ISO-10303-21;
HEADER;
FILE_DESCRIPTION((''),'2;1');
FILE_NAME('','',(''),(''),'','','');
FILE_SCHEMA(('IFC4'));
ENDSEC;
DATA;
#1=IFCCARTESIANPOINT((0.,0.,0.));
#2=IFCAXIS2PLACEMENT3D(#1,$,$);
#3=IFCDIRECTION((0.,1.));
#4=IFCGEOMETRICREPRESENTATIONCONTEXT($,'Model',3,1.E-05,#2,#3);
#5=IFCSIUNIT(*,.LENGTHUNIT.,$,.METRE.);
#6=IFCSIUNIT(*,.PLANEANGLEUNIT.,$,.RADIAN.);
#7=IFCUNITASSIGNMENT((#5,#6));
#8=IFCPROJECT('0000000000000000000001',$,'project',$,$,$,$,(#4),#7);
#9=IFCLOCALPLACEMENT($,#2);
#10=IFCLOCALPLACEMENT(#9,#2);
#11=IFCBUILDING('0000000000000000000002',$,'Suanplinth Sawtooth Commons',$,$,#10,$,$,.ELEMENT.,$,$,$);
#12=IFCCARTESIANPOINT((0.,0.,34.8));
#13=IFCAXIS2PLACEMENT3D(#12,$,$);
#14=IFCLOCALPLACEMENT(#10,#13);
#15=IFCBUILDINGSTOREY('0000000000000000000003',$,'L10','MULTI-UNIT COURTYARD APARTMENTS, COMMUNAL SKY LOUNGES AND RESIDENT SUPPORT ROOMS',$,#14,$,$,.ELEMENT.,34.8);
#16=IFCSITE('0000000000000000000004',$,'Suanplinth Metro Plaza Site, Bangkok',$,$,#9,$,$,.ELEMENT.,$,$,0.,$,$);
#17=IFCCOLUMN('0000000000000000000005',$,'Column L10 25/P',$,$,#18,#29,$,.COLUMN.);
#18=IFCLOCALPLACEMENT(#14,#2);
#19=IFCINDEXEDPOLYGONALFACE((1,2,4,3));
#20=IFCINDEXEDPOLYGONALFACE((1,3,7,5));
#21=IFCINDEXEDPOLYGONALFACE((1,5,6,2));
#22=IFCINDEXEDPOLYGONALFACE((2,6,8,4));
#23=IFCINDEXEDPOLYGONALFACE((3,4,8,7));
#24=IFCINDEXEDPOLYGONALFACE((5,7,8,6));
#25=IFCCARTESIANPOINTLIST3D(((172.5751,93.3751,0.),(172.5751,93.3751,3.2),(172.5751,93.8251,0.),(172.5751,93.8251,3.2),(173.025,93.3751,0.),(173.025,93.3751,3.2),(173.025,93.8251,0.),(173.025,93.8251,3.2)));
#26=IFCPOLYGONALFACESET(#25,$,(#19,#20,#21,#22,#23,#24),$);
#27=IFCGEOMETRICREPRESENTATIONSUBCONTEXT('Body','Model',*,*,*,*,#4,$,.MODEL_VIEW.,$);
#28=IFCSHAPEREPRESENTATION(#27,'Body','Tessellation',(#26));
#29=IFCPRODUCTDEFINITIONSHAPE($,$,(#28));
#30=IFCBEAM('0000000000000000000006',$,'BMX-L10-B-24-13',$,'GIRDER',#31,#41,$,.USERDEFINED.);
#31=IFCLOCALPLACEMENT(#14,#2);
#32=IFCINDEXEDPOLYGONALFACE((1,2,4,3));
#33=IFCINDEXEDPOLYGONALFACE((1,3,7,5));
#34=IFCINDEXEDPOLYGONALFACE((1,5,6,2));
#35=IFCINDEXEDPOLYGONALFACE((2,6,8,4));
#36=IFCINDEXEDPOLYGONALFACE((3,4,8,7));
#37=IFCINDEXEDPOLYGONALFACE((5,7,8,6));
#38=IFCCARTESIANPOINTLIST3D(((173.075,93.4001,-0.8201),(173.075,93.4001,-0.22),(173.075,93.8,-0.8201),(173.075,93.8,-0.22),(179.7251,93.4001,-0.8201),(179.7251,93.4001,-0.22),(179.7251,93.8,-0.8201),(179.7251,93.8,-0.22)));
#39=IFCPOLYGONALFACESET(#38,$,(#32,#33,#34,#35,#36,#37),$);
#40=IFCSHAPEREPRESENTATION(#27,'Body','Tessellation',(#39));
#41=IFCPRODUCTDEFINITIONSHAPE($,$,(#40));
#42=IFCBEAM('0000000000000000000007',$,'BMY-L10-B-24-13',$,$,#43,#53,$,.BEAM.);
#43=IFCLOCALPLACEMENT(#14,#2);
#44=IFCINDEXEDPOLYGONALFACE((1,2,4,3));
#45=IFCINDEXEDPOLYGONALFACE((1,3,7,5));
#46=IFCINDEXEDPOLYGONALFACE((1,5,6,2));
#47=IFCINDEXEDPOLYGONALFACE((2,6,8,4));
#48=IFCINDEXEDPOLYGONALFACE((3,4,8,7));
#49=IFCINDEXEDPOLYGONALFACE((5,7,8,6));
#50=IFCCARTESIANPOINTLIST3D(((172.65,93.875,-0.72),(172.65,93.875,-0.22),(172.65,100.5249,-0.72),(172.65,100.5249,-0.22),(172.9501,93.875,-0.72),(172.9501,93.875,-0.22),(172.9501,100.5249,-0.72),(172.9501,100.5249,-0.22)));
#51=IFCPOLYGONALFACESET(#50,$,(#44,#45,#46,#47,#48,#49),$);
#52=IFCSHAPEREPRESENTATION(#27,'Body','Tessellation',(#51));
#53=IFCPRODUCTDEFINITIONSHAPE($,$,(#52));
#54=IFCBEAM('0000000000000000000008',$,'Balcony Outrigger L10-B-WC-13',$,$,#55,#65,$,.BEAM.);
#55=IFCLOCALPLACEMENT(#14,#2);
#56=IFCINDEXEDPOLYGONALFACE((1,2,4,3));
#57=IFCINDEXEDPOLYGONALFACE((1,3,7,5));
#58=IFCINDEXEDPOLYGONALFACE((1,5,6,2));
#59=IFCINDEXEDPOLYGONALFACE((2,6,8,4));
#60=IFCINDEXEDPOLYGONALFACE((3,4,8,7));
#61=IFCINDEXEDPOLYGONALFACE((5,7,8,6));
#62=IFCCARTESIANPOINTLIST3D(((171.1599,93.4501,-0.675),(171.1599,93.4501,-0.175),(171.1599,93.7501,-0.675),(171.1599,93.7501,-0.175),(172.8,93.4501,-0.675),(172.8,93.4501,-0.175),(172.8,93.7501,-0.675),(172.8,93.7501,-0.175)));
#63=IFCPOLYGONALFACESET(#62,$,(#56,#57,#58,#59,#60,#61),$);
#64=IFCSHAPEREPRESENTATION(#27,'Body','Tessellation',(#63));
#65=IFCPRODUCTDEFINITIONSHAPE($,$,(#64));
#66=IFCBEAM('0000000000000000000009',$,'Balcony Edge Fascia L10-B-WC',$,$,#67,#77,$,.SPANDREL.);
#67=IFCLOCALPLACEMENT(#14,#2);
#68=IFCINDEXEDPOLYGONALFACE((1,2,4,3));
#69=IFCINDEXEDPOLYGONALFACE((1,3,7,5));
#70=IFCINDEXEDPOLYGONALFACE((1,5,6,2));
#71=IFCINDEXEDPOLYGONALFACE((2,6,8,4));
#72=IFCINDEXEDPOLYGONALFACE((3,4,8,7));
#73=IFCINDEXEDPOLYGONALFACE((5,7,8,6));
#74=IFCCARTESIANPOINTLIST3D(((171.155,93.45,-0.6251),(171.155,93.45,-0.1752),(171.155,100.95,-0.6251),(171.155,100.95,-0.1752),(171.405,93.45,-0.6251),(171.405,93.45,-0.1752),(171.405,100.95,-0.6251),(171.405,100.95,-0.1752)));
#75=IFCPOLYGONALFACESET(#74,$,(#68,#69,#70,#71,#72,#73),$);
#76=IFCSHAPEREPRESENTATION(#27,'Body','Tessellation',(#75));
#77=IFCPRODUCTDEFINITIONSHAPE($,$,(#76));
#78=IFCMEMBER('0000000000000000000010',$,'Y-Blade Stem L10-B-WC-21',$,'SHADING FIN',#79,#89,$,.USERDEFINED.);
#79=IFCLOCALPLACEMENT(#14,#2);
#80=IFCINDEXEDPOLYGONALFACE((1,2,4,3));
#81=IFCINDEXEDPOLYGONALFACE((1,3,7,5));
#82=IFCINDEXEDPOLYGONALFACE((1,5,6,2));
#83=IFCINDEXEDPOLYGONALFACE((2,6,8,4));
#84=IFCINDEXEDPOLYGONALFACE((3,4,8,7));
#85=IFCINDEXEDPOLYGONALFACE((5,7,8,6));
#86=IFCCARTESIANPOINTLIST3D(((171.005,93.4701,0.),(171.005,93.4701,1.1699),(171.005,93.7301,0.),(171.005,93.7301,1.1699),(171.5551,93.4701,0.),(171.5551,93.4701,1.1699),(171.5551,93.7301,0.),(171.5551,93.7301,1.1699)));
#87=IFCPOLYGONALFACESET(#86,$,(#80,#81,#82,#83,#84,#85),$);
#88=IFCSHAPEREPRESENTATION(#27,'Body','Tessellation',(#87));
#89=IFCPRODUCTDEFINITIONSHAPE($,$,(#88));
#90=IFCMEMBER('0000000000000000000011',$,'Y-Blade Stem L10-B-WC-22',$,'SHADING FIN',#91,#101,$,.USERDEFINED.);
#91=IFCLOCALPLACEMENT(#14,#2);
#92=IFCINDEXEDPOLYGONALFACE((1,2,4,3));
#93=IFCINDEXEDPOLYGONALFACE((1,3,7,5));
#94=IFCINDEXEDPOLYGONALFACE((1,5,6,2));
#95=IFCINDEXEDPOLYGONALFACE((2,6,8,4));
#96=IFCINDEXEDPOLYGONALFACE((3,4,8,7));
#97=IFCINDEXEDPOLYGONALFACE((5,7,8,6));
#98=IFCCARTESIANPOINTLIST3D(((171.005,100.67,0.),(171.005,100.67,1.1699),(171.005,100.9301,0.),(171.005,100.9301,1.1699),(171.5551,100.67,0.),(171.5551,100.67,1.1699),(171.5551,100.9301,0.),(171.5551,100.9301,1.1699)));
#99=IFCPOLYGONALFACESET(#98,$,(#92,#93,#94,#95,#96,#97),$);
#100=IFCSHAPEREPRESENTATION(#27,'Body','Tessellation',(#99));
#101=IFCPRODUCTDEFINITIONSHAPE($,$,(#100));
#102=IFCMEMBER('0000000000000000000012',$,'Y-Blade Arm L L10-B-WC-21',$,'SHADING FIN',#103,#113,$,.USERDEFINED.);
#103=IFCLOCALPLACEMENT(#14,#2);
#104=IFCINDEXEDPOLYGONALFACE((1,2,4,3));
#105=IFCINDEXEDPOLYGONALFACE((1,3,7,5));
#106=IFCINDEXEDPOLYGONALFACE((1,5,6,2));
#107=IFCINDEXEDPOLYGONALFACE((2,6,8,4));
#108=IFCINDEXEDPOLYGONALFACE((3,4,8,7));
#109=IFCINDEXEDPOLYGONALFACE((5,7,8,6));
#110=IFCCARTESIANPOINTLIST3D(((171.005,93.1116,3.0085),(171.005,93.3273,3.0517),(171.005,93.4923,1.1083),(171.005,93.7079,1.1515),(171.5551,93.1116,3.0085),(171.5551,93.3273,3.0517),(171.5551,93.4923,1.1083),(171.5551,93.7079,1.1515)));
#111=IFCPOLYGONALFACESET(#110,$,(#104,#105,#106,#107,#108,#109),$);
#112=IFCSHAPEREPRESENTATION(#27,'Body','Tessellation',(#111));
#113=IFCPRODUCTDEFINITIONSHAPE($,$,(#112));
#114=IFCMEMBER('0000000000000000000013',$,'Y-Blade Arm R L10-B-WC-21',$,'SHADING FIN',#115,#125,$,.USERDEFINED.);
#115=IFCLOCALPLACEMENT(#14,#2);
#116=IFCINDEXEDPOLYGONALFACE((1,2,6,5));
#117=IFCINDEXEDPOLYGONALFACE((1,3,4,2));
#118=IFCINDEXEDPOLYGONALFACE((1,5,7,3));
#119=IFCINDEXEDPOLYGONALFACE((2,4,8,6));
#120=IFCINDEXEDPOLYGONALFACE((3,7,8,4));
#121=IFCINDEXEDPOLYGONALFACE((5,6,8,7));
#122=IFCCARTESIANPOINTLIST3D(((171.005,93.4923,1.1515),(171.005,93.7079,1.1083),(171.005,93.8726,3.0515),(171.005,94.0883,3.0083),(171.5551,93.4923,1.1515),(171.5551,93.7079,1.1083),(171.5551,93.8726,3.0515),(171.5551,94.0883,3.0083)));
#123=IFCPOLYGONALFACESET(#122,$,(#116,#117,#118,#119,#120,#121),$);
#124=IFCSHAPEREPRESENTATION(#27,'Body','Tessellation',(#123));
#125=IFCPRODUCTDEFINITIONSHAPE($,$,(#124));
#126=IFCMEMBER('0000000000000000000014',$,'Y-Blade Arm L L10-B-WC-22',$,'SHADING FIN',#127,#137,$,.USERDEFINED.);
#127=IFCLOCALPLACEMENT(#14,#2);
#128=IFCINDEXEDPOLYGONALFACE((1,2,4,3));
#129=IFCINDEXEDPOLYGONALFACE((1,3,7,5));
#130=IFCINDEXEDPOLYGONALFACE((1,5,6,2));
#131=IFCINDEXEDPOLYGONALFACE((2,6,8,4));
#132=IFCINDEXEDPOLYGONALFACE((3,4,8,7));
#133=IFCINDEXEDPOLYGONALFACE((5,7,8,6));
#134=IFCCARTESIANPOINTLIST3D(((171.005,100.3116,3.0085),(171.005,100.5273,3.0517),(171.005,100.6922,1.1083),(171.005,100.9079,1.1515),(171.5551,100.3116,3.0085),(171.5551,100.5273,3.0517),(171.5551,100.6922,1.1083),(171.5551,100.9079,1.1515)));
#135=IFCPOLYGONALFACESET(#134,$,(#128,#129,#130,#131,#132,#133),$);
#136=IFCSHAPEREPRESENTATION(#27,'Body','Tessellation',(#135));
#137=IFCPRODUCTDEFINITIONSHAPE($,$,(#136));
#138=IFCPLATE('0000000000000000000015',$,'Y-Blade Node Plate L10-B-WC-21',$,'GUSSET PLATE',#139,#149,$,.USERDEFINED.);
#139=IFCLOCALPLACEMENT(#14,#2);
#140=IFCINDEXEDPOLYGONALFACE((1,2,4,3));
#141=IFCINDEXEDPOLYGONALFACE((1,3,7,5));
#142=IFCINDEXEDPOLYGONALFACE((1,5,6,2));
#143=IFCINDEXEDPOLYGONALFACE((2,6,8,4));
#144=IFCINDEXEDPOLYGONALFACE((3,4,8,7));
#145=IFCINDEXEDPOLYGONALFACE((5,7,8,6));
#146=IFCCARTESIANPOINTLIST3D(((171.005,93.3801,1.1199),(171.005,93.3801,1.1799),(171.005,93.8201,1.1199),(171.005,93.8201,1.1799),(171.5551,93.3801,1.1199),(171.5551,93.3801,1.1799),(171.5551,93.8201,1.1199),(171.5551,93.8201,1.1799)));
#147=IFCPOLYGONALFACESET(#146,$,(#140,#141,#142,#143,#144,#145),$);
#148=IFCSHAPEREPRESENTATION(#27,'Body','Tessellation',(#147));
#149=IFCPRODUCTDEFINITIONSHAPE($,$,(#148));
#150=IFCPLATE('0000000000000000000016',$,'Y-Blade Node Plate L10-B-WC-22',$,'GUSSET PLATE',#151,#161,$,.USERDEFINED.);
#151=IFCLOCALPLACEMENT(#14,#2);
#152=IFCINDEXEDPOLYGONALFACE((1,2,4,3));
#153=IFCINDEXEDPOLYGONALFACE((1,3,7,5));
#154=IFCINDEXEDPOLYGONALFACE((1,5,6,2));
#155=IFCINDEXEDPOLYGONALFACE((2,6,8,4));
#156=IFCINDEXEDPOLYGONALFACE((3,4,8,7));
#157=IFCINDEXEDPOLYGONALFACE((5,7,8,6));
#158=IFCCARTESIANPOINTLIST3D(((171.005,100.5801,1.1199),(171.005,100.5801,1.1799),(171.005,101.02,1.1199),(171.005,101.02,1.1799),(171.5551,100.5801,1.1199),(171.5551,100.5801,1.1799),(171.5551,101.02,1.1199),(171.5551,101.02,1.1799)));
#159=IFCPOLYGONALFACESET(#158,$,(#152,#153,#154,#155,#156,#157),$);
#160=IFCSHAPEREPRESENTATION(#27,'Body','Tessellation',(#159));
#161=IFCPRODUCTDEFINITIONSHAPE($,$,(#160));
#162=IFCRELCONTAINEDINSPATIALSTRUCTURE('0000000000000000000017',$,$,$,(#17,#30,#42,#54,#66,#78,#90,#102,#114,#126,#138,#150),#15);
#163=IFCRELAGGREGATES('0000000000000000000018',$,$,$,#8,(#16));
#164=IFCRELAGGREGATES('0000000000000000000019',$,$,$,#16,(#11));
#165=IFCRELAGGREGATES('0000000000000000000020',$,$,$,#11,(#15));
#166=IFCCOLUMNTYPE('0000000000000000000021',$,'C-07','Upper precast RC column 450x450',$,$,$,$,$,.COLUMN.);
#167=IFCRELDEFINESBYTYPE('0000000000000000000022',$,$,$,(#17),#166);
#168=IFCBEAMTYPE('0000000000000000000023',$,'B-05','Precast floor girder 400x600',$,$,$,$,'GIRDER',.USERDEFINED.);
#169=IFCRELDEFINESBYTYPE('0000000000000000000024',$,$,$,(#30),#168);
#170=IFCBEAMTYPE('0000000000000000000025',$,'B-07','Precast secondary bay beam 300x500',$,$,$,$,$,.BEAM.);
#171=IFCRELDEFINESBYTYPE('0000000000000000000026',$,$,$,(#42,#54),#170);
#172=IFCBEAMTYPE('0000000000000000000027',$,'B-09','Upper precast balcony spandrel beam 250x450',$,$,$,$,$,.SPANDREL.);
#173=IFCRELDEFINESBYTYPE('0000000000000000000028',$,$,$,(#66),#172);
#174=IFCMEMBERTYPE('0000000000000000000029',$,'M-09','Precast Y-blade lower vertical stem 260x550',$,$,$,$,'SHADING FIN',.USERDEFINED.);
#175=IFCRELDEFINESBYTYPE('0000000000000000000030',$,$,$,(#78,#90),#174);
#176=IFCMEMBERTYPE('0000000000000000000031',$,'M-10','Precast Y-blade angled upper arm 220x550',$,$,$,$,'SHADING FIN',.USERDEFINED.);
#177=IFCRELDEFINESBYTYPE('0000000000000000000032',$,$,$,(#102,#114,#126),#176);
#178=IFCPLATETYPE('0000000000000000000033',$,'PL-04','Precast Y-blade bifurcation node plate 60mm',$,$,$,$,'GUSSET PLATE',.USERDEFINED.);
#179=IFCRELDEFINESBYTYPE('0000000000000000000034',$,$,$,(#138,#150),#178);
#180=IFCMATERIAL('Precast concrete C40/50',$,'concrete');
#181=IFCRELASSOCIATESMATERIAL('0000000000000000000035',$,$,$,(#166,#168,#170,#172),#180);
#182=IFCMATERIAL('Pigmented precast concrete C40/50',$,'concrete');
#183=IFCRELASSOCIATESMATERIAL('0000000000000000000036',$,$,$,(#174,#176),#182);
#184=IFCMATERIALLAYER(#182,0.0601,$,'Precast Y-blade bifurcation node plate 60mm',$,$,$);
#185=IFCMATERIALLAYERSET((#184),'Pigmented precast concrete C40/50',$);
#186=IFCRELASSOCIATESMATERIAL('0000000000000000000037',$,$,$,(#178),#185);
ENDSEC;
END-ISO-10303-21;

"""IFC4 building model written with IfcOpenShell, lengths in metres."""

from ifc_helpers import new_model, si_unit, direction, frame, origin, origin_2d, place, context, subcontext, project, spatial, rectangle, extrude, material, layer, layer_set, material_profile, profile_set, type_object, element, save


model = new_model("IFC4")

# Units and contexts
model_context = context("Model", 3, precision=1e-05, world=origin(), true_north=direction((0.0, 1.0)))
body_context = subcontext(model_context, "Body", "Model", "MODEL_VIEW")
ifc_project = project(units=[si_unit("LENGTHUNIT", "METRE"), si_unit("PLANEANGLEUNIT", "RADIAN")], contexts=[model_context])

# Site, building, storey
site_placement = place(None, origin())
site = spatial("IfcSite", under=ifc_project, at=site_placement, Name="Suanplinth Metro Plaza Site, Bangkok", CompositionType="ELEMENT", RefElevation=0.0)
building_placement = place(site_placement, origin())
building = spatial("IfcBuilding", under=site, at=building_placement, Name="Suanplinth Sawtooth Commons", CompositionType="ELEMENT")
storey_placement = place(building_placement, frame((0.0, 0.0, 34.8)))
storey = spatial("IfcBuildingStorey", under=building, at=storey_placement, Name="L10", Description="MULTI-UNIT COURTYARD APARTMENTS, COMMUNAL SKY LOUNGES AND RESIDENT SUPPORT ROOMS", CompositionType="ELEMENT", Elevation=34.8)

# Column
ifc_material_1 = material(Name="Precast concrete C40/50", Category="concrete")
ifc_material_profile_1 = material_profile(ifc_material_1, rectangle(XDim=0.45, YDim=0.45, at=origin_2d()), Name="PC-COL 450x450")
ifc_profile_set_1 = profile_set([ifc_material_profile_1], Name="Precast concrete C40/50")
column_type = type_object("IfcColumnType", Name="C-07", Description="Upper precast RC column 450x450", PredefinedType="COLUMN", material=ifc_profile_set_1)
column_placement = place(storey_placement, frame((172.8, 93.6001, 0.0), z_axis=(0.0, 0.0, 1.0), x_axis=(1.0, 0.0, 0.0)))
element("IfcColumn", 1, at=column_placement, inside=storey, type_object=column_type, Name="Column L10 25/P", PredefinedType="COLUMN", context=body_context, shape_type="SweptSolid", body=[
    extrude(rectangle(XDim=0.45, YDim=0.45, at=origin_2d()), origin(), (0.0, 0.0, 1.0), 3.2),
])

# Beams
ifc_material_profile_2 = material_profile(ifc_material_1, rectangle(XDim=0.3999, YDim=0.6001, at=origin_2d()), Name="PC-GDR 400x600")
ifc_profile_set_2 = profile_set([ifc_material_profile_2], Name="Precast concrete C40/50")
beam_type_1 = type_object("IfcBeamType", Name="B-05", Description="Precast floor girder 400x600", ElementType="GIRDER", PredefinedType="USERDEFINED", material=ifc_profile_set_2)
beam_1_placement = place(storey_placement, frame((173.075, 93.6001, -0.52), z_axis=(1.0, 0.0, 0.0), x_axis=(0.0, 1.0, 0.0)))
element("IfcBeam", 2, at=beam_1_placement, inside=storey, type_object=beam_type_1, Name="BMX-L10-B-24-13", ObjectType="GIRDER", PredefinedType="USERDEFINED", context=body_context, shape_type="SweptSolid", body=[
    extrude(rectangle(XDim=0.3999, YDim=0.6001, at=origin_2d()), origin(), (0.0, 0.0, 1.0), 6.6501),
])
ifc_material_profile_3 = material_profile(ifc_material_1, rectangle(XDim=0.3, YDim=0.5, at=origin_2d()), Name="PC-BM 300x500")
ifc_profile_set_3 = profile_set([ifc_material_profile_3], Name="Precast concrete C40/50")
beam_type_2 = type_object("IfcBeamType", Name="B-07", Description="Precast secondary bay beam 300x500", PredefinedType="BEAM", material=ifc_profile_set_3)
beam_2_placement = place(storey_placement, frame((172.8, 93.875, -0.47), z_axis=(0.0, 1.0, 0.0), x_axis=(-1.0, 0.0, 0.0)))
element("IfcBeam", 3, at=beam_2_placement, inside=storey, type_object=beam_type_2, Name="BMY-L10-B-24-13", PredefinedType="BEAM", context=body_context, shape_type="SweptSolid", body=[
    extrude(rectangle(XDim=0.3, YDim=0.5, at=origin_2d()), origin(), (0.0, 0.0, 1.0), 6.6499),
])
beam_3_placement = place(storey_placement, frame((172.8, 93.6001, -0.425), z_axis=(-1.0, 0.0, 0.0), x_axis=(0.0, -1.0, 0.0)))
element("IfcBeam", 4, at=beam_3_placement, inside=storey, type_object=beam_type_2, Name="Balcony Outrigger L10-B-WC-13", PredefinedType="BEAM", context=body_context, shape_type="SweptSolid", body=[
    extrude(rectangle(XDim=0.3, YDim=0.5, at=origin_2d()), origin(), (0.0, 0.0, 1.0), 1.6401),
])
ifc_material_profile_4 = material_profile(ifc_material_1, rectangle(XDim=0.25, YDim=0.45, at=origin_2d()), Name="PC-SP 250x450")
ifc_profile_set_4 = profile_set([ifc_material_profile_4], Name="Precast concrete C40/50")
beam_type_3 = type_object("IfcBeamType", Name="B-09", Description="Upper precast balcony spandrel beam 250x450", PredefinedType="SPANDREL", material=ifc_profile_set_4)
beam_4_placement = place(storey_placement, frame((171.28, 93.45, -0.4001), z_axis=(0.0, 1.0, 0.0), x_axis=(-1.0, 0.0, 0.0)))
element("IfcBeam", 5, at=beam_4_placement, inside=storey, type_object=beam_type_3, Name="Balcony Edge Fascia L10-B-WC", PredefinedType="SPANDREL", context=body_context, shape_type="SweptSolid", body=[
    extrude(rectangle(XDim=0.25, YDim=0.45, at=origin_2d()), origin(), (0.0, 0.0, 1.0), 7.5),
])

# Members
ifc_material_2 = material(Name="Pigmented precast concrete C40/50", Category="concrete")
ifc_material_profile_5 = material_profile(ifc_material_2, rectangle(XDim=0.26, YDim=0.55, at=origin_2d()), Name="PC-FIN 260x550")
ifc_profile_set_5 = profile_set([ifc_material_profile_5], Name="Pigmented precast concrete C40/50")
member_type_1 = type_object("IfcMemberType", Name="M-09", Description="Precast Y-blade lower vertical stem 260x550", ElementType="SHADING FIN", PredefinedType="USERDEFINED", material=ifc_profile_set_5)
for number, where, z_axis, x_axis, name in (
    (6, (171.28, 93.6001, 0.0), (0.0, 0.0, 1.0), (0.0, 1.0, 0.0), "Y-Blade Stem L10-B-WC-21"),
    (7, (171.28, 100.8, 0.0), (0.0, 0.0, 1.0), (0.0, 1.0, 0.0), "Y-Blade Stem L10-B-WC-22"),
):
    element("IfcMember", number, at=place(storey_placement, frame(where, z_axis=z_axis, x_axis=x_axis)), inside=storey, type_object=member_type_1, Name=name, ObjectType="SHADING FIN", PredefinedType="USERDEFINED", context=body_context, shape_type="SweptSolid", body=[
        extrude(rectangle(XDim=0.26, YDim=0.55, at=origin_2d()), origin(), (0.0, 0.0, 1.0), 1.1699),
    ])
ifc_material_profile_6 = material_profile(ifc_material_2, rectangle(XDim=0.22, YDim=0.55, at=origin_2d()), Name="PC-FIN 220x550")
ifc_profile_set_6 = profile_set([ifc_material_profile_6], Name="Pigmented precast concrete C40/50")
member_type_2 = type_object("IfcMemberType", Name="M-10", Description="Precast Y-blade angled upper arm 220x550", ElementType="SHADING FIN", PredefinedType="USERDEFINED", material=ifc_profile_set_6)
member_1_placement = place(storey_placement, frame((171.28, 93.6001, 1.1299), z_axis=(0.0, -0.196407, 0.980522), x_axis=(0.0, 0.980522, 0.196407)))
element("IfcMember", 8, at=member_1_placement, inside=storey, type_object=member_type_2, Name="Y-Blade Arm L L10-B-WC-21", ObjectType="SHADING FIN", PredefinedType="USERDEFINED", context=body_context, shape_type="SweptSolid", body=[
    extrude(rectangle(XDim=0.22, YDim=0.55, at=origin_2d()), origin(), (0.0, 0.0, 1.0), 1.938),
])
member_2_placement = place(storey_placement, frame((171.28, 93.6001, 1.1299), z_axis=(0.0, 0.196286, 0.980547), x_axis=(0.0, -0.980547, 0.196286)))
element("IfcMember", 9, at=member_2_placement, inside=storey, type_object=member_type_2, Name="Y-Blade Arm R L10-B-WC-21", ObjectType="SHADING FIN", PredefinedType="USERDEFINED", context=body_context, shape_type="SweptSolid", body=[
    extrude(rectangle(XDim=0.22, YDim=0.55, at=origin_2d()), origin(), (0.0, 0.0, 1.0), 1.9377),
])
member_3_placement = place(storey_placement, frame((171.28, 100.8, 1.1299), z_axis=(0.0, -0.196407, 0.980522), x_axis=(0.0, 0.980522, 0.196407)))
element("IfcMember", 10, at=member_3_placement, inside=storey, type_object=member_type_2, Name="Y-Blade Arm L L10-B-WC-22", ObjectType="SHADING FIN", PredefinedType="USERDEFINED", context=body_context, shape_type="SweptSolid", body=[
    extrude(rectangle(XDim=0.22, YDim=0.55, at=origin_2d()), origin(), (0.0, 0.0, 1.0), 1.938),
])

# Plates
ifc_layer_1 = layer(ifc_material_2, 0.0601, Name="Precast Y-blade bifurcation node plate 60mm")
ifc_layer_set_1 = layer_set([ifc_layer_1], Name="Pigmented precast concrete C40/50")
plate_type = type_object("IfcPlateType", Name="PL-04", Description="Precast Y-blade bifurcation node plate 60mm", ElementType="GUSSET PLATE", PredefinedType="USERDEFINED", material=ifc_layer_set_1)
for number, where, z_axis, x_axis, name in (
    (11, (171.28, 93.6001, 1.1199), (0.0, 0.0, 1.0), (0.0, 1.0, 0.0), "Y-Blade Node Plate L10-B-WC-21"),
    (12, (171.28, 100.8, 1.1199), (0.0, 0.0, 1.0), (0.0, 1.0, 0.0), "Y-Blade Node Plate L10-B-WC-22"),
):
    element("IfcPlate", number, at=place(storey_placement, frame(where, z_axis=z_axis, x_axis=x_axis)), inside=storey, type_object=plate_type, Name=name, ObjectType="GUSSET PLATE", PredefinedType="USERDEFINED", context=body_context, shape_type="SweptSolid", body=[
        extrude(rectangle(XDim=0.4399, YDim=0.55, at=origin_2d()), origin(), (0.0, 0.0, 1.0), 0.0601),
    ])

save(model, "model.ifc")
